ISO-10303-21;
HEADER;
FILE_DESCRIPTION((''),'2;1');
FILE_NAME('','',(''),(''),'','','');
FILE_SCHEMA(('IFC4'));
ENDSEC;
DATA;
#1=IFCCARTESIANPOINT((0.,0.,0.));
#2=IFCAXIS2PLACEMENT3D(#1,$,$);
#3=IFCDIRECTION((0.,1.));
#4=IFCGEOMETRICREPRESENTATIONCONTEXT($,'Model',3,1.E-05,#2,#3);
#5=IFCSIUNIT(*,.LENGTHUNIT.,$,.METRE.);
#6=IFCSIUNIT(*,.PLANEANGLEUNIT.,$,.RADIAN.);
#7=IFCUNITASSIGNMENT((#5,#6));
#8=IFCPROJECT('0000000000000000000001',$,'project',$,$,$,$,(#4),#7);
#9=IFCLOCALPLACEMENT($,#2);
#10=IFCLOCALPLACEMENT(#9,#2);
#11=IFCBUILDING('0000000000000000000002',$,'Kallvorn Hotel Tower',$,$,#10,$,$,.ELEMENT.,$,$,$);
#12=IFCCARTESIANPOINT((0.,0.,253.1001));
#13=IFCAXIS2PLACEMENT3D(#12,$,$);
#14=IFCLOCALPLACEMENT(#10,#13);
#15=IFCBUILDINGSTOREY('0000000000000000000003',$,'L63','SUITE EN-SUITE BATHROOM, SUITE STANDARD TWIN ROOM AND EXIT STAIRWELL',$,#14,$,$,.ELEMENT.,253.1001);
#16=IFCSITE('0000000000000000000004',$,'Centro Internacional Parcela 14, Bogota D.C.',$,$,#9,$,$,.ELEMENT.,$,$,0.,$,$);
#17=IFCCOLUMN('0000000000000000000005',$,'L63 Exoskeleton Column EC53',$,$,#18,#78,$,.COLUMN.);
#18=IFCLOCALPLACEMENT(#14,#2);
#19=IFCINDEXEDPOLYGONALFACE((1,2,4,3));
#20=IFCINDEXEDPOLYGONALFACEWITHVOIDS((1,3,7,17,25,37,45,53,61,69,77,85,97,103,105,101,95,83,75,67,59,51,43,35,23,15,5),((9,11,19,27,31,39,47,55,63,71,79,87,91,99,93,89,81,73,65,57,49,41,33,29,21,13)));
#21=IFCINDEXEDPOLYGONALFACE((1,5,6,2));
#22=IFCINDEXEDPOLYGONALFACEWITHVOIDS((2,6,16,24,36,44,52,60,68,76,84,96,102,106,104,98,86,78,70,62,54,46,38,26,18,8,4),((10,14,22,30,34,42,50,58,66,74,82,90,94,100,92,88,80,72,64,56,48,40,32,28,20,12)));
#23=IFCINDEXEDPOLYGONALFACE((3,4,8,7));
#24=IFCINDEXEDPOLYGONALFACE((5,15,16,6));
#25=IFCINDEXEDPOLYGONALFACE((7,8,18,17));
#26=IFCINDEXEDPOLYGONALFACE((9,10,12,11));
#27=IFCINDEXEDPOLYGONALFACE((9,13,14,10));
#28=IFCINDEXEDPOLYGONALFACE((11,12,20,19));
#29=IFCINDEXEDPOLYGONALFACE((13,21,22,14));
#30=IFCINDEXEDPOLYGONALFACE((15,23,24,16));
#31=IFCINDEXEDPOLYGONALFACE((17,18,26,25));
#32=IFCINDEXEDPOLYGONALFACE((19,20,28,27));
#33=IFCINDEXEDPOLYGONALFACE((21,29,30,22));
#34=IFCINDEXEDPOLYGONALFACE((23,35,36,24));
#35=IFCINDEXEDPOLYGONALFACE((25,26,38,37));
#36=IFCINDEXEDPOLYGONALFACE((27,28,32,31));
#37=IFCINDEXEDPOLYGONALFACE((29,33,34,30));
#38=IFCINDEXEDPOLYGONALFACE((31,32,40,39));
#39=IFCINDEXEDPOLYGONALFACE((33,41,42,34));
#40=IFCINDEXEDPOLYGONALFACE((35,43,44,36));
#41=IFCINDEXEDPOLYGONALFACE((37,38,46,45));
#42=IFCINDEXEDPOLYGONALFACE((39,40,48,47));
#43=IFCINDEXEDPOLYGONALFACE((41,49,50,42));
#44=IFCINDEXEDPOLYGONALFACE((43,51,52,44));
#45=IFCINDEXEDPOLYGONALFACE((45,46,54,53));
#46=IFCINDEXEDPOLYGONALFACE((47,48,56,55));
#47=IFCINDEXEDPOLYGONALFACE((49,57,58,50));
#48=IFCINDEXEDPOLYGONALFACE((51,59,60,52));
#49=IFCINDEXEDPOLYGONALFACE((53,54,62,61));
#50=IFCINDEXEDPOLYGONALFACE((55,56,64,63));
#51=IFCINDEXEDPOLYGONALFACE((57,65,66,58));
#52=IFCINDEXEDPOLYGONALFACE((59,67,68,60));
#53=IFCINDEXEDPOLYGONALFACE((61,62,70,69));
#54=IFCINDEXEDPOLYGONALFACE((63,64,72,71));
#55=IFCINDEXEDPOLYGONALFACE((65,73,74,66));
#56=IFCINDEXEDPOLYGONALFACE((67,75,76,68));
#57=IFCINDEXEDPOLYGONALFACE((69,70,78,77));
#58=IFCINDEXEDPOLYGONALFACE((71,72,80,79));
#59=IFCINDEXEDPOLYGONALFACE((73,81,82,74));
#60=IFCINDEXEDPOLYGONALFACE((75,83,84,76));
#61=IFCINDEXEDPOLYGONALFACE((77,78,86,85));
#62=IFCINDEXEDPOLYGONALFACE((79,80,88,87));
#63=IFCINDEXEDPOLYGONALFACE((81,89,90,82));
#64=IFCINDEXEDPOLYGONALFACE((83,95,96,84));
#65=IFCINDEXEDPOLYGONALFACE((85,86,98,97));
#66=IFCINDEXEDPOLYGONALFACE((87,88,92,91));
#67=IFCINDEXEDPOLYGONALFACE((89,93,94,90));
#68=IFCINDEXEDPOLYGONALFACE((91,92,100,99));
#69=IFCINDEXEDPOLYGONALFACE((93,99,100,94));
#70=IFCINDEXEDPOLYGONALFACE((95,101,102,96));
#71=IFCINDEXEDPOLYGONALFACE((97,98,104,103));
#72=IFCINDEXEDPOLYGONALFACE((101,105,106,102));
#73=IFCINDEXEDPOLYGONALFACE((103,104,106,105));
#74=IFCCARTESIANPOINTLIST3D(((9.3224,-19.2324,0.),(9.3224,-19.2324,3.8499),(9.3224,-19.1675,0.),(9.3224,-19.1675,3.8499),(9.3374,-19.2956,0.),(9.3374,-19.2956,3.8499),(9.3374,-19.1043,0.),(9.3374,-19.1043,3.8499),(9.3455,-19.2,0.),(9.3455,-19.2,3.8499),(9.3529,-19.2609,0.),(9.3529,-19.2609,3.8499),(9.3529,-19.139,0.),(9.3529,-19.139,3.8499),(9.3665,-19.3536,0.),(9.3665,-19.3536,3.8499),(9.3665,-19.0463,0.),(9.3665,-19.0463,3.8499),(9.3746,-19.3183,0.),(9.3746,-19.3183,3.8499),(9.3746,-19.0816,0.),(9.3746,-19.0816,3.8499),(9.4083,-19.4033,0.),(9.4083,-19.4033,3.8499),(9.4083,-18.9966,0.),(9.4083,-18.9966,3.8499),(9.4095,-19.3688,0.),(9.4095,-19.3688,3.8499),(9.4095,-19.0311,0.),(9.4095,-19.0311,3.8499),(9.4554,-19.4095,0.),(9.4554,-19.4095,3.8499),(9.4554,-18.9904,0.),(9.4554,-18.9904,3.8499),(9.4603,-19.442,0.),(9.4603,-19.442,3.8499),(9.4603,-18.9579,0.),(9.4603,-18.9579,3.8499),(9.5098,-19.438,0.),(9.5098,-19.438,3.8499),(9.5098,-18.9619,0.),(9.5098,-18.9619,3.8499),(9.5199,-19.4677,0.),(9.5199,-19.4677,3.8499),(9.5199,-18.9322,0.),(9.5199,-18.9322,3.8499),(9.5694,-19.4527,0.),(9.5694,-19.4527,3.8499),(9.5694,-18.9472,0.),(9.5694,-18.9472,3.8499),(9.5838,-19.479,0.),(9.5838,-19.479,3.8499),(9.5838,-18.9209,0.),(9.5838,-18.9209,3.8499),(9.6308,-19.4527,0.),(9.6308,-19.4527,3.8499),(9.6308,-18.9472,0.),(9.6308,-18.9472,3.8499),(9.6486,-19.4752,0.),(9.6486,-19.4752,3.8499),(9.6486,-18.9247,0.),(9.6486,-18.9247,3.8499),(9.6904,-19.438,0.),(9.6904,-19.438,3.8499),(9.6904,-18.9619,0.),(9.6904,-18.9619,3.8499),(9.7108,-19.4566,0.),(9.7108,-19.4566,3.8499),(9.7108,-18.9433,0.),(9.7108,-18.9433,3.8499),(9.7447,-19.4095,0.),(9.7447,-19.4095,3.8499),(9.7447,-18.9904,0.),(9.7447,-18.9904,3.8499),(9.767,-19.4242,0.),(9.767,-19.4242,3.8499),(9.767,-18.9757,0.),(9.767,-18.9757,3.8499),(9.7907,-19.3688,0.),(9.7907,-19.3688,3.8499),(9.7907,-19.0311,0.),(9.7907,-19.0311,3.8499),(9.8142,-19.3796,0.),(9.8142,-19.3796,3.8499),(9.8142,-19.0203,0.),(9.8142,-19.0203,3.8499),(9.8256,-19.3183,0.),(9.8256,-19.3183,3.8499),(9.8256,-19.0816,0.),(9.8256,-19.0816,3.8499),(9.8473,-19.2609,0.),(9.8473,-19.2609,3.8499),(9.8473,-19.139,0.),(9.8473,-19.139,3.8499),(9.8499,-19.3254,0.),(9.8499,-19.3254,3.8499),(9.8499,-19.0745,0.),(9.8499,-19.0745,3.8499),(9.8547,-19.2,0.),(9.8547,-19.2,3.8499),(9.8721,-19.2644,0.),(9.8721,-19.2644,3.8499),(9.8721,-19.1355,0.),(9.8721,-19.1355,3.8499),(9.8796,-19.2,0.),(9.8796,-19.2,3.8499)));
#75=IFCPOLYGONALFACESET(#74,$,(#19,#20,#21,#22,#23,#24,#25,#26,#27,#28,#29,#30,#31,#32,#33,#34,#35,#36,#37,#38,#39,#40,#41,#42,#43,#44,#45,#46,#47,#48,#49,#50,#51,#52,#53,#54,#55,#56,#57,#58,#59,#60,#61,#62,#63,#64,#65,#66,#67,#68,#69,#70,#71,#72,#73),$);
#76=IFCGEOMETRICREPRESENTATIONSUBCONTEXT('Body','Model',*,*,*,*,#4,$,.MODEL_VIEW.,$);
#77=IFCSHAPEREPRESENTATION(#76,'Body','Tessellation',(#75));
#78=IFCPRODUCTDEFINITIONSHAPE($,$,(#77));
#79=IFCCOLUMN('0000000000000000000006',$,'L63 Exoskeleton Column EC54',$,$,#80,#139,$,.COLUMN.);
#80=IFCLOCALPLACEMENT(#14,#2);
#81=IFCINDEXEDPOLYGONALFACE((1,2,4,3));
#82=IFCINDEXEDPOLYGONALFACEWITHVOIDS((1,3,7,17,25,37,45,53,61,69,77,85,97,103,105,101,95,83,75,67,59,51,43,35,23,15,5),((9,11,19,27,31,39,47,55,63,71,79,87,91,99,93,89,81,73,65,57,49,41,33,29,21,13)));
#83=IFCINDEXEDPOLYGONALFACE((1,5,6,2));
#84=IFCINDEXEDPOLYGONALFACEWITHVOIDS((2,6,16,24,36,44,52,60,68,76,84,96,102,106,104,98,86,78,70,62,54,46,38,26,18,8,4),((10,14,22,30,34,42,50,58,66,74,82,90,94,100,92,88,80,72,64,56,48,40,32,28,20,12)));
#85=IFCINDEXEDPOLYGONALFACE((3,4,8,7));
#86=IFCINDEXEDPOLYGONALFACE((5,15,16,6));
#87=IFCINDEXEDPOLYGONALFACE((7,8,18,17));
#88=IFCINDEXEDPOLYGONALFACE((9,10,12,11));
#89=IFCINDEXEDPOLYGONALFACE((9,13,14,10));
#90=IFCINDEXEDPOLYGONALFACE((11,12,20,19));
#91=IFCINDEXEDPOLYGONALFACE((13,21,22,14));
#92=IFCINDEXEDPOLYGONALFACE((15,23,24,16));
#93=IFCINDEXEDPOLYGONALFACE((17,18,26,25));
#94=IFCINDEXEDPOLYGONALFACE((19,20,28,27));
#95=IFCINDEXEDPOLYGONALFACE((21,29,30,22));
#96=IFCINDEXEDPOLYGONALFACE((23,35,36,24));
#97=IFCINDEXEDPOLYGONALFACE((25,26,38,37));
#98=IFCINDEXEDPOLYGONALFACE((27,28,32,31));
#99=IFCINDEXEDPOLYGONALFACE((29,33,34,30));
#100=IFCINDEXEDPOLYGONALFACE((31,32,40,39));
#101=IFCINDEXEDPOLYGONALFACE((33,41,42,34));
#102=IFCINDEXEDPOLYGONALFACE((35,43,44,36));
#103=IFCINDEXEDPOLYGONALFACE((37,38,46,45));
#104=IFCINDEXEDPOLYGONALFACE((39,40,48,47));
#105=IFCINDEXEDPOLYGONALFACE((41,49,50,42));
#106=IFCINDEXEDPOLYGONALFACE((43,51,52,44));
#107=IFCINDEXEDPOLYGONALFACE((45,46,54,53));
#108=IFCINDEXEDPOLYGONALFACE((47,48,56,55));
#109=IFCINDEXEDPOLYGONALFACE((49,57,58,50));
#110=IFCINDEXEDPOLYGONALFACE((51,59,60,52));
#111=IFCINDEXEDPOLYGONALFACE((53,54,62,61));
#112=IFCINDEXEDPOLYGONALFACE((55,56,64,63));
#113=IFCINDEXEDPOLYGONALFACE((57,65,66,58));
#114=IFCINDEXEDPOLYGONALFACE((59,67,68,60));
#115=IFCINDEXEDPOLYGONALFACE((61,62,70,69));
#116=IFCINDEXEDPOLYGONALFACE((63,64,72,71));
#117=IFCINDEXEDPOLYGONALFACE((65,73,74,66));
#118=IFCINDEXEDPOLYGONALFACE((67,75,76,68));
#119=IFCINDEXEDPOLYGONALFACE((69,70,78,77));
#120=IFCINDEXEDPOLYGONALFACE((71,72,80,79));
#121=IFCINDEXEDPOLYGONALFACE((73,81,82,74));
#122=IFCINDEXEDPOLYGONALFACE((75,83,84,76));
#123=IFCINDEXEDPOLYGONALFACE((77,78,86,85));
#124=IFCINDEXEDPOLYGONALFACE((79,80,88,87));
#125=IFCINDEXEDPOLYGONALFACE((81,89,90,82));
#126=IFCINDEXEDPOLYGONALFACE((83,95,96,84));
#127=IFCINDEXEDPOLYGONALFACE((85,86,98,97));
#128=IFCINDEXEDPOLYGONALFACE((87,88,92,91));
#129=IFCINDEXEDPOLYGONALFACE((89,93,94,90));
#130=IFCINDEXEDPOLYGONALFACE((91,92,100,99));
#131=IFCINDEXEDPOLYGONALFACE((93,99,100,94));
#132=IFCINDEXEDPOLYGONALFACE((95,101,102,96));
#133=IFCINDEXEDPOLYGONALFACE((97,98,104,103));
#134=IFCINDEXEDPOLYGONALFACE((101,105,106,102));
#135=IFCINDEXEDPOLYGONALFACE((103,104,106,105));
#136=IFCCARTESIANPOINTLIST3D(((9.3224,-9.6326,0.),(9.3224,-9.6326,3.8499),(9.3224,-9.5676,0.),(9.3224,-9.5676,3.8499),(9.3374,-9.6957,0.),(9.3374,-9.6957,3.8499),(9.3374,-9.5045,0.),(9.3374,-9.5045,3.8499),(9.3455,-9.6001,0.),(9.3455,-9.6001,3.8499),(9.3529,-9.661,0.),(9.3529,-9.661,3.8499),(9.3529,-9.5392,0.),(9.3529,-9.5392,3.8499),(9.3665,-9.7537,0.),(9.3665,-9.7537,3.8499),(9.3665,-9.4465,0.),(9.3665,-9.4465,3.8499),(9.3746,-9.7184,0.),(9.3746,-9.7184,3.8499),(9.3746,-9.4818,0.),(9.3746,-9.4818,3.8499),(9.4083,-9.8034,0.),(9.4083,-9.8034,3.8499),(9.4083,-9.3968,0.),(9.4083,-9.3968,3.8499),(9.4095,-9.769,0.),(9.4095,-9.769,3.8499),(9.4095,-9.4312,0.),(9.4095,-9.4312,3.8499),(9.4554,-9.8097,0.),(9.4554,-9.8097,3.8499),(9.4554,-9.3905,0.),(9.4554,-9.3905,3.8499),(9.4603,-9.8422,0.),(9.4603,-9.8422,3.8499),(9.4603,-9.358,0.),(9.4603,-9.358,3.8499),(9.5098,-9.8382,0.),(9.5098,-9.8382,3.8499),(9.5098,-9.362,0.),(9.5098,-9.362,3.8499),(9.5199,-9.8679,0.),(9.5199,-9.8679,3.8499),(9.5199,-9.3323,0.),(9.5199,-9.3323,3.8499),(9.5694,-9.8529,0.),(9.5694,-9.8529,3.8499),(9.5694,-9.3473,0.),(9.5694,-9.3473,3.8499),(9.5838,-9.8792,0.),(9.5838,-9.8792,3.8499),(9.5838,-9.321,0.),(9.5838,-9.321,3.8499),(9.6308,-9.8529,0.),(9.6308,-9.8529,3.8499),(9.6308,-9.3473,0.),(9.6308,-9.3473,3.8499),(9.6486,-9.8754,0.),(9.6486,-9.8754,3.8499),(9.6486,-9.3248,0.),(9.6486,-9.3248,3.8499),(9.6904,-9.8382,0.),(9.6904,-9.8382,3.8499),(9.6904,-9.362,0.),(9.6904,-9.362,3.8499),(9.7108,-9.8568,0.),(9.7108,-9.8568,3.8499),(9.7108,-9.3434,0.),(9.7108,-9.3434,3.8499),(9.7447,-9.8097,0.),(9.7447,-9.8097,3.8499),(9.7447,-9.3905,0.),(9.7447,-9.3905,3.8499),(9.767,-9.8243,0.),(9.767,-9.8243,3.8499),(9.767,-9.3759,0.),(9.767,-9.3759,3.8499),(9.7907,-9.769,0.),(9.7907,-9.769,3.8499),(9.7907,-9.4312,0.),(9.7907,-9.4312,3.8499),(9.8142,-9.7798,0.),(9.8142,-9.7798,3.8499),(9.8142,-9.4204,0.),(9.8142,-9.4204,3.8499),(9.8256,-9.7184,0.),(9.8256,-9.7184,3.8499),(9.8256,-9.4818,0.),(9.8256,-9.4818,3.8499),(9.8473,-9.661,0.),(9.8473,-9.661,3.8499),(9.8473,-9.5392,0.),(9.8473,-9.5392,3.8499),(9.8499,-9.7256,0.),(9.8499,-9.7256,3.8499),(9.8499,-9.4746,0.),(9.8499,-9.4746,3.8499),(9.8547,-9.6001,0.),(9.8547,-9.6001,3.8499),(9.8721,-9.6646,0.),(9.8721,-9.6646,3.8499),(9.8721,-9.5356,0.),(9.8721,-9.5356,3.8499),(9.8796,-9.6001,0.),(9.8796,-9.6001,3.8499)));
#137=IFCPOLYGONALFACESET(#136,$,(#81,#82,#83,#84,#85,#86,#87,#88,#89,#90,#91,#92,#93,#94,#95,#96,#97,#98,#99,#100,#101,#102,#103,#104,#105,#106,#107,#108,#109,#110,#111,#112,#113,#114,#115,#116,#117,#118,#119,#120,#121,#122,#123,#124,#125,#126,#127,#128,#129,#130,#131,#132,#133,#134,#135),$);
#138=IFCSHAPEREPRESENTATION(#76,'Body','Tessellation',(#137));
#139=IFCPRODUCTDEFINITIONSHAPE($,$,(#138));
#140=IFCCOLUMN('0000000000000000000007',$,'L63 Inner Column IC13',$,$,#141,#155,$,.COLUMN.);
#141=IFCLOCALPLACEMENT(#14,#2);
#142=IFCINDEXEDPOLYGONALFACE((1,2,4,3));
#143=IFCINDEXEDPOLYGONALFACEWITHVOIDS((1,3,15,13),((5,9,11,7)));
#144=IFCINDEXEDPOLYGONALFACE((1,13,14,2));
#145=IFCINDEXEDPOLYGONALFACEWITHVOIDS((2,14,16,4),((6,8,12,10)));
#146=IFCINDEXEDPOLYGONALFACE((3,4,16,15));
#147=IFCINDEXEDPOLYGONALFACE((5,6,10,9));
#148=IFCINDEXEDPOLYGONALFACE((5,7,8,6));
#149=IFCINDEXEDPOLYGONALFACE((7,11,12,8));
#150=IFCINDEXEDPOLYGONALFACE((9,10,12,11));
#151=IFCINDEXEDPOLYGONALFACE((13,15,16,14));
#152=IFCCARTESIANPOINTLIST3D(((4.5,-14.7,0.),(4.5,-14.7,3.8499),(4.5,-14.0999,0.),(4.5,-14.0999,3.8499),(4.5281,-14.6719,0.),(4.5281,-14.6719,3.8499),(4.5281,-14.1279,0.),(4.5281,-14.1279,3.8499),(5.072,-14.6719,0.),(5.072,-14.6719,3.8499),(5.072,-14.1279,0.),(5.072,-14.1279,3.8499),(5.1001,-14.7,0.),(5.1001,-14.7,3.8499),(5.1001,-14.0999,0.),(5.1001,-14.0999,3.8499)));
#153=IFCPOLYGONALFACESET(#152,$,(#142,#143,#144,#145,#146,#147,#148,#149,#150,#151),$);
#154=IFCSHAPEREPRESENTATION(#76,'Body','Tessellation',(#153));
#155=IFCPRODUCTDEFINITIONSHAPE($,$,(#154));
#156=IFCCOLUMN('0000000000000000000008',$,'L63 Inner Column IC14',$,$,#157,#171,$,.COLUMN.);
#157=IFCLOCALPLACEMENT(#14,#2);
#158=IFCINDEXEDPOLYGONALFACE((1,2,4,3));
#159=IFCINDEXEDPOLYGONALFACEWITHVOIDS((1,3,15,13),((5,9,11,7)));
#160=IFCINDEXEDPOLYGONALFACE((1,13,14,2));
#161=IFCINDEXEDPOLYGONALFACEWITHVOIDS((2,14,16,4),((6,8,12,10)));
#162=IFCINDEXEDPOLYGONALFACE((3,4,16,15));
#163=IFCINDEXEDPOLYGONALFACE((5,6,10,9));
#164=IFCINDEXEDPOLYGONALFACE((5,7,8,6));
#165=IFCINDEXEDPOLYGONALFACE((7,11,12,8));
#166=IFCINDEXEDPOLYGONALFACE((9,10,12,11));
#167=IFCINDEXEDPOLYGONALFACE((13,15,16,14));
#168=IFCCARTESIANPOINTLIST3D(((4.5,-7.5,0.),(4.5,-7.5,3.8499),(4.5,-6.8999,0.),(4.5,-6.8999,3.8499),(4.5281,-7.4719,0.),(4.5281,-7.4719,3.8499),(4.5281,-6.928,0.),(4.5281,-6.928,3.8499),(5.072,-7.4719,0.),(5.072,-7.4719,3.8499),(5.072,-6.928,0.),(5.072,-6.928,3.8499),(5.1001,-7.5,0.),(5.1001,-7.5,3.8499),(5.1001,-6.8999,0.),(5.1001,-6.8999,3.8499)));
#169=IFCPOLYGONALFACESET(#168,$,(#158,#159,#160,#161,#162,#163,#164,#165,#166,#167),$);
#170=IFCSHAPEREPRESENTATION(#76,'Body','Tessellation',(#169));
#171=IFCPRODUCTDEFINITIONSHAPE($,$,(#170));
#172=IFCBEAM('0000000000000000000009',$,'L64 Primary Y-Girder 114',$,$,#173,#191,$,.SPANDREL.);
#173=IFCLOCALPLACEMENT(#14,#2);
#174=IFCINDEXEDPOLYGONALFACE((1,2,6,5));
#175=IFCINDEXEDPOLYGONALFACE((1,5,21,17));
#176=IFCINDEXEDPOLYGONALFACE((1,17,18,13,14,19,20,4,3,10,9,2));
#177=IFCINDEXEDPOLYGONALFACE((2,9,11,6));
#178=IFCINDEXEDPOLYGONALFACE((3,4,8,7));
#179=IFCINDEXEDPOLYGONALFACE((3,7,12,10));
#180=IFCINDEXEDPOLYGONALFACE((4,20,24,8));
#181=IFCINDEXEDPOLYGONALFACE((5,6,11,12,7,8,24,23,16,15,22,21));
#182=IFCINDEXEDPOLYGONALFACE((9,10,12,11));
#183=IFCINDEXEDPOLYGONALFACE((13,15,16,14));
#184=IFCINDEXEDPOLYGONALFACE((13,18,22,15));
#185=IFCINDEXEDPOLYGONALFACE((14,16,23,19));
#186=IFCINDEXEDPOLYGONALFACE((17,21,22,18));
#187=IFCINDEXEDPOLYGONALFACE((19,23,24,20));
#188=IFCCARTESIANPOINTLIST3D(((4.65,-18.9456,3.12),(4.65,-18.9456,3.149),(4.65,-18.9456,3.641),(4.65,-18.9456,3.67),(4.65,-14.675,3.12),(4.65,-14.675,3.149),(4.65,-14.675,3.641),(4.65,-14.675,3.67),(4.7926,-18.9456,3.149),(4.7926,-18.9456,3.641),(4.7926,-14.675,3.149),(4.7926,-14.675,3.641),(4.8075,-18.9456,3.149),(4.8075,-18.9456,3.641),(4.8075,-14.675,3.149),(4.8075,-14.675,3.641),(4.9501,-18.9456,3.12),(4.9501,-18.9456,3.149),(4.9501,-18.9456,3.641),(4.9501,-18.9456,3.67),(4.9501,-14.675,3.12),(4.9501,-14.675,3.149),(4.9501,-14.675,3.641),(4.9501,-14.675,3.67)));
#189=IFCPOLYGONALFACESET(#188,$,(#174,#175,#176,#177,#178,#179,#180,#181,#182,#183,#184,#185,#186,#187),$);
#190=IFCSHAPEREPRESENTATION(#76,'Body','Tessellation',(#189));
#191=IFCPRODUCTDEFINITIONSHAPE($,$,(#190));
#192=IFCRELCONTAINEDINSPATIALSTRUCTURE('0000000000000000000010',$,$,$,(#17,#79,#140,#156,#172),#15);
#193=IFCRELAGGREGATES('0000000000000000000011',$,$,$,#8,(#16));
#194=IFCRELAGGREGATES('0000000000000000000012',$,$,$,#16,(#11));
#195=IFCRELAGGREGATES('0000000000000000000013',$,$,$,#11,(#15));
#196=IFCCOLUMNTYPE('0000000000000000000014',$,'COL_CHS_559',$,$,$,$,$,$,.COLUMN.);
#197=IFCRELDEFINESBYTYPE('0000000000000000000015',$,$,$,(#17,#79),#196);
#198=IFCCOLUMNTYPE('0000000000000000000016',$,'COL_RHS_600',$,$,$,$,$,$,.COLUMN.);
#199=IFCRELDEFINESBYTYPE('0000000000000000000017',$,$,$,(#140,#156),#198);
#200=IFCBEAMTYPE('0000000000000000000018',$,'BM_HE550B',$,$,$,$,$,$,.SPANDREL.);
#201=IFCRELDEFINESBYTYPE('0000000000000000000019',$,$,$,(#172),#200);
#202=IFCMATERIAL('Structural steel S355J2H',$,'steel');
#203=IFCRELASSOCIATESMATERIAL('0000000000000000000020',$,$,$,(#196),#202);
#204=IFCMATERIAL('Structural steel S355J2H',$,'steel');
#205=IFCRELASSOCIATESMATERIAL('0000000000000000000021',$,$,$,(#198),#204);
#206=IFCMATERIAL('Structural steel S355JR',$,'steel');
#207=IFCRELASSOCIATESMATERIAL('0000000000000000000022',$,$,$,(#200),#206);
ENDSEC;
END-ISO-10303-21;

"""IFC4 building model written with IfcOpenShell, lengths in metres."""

from ifc_helpers import new_model, si_unit, direction, frame, origin, origin_2d, place, context, subcontext, project, spatial, hollow_rectangle, hollow_circle, i_section, extrude, material, material_profile, profile_set, type_object, element, save


model = new_model("IFC4")

# Units and contexts
model_context = context("Model", 3, precision=1e-05, world=origin(), true_north=direction((0.0, 1.0)))
body_context = subcontext(model_context, "Body", "Model", "MODEL_VIEW")
ifc_project = project(units=[si_unit("LENGTHUNIT", "METRE"), si_unit("PLANEANGLEUNIT", "RADIAN")], contexts=[model_context])

# Site, building, storey
site_placement = place(None, origin())
site = spatial("IfcSite", under=ifc_project, at=site_placement, Name="Centro Internacional Parcela 14, Bogota D.C.", CompositionType="ELEMENT", RefElevation=0.0)
building_placement = place(site_placement, origin())
building = spatial("IfcBuilding", under=site, at=building_placement, Name="Kallvorn Hotel Tower", CompositionType="ELEMENT")
storey_placement = place(building_placement, frame((0.0, 0.0, 253.1001)))
storey = spatial("IfcBuildingStorey", under=building, at=storey_placement, Name="L63", Description="SUITE EN-SUITE BATHROOM, SUITE STANDARD TWIN ROOM AND EXIT STAIRWELL", CompositionType="ELEMENT", Elevation=253.1001)

# Columns
ifc_material_1 = material(Name="Structural steel S355J2H", Category="steel")
ifc_material_profile_1 = material_profile(ifc_material_1, hollow_circle(Radius=0.2795, WallThickness=0.0249, at=origin_2d()), Name="CHS 559x25")
ifc_profile_set_1 = profile_set([ifc_material_profile_1], Name="Structural steel S355J2H")
column_type_1 = type_object("IfcColumnType", Name="COL_CHS_559", PredefinedType="COLUMN", material=ifc_profile_set_1)
for number, where, z_axis, x_axis, name in (
    (1, (9.6001, -19.2, 0.0), (0.0, 0.0, 1.0), (1.0, 0.0, 0.0), "L63 Exoskeleton Column EC53"),
    (2, (9.6001, -9.6001, 0.0), (0.0, 0.0, 1.0), (1.0, 0.0, 0.0), "L63 Exoskeleton Column EC54"),
):
    element("IfcColumn", number, at=place(storey_placement, frame(where, z_axis=z_axis, x_axis=x_axis)), inside=storey, type_object=column_type_1, Name=name, PredefinedType="COLUMN", context=body_context, shape_type="SweptSolid", body=[
        extrude(hollow_circle(Radius=0.2795, WallThickness=0.0249, at=origin_2d()), origin(), (0.0, 0.0, 1.0), 3.8499),
    ])
ifc_material_2 = material(Name="Structural steel S355J2H", Category="steel")
ifc_material_profile_2 = material_profile(ifc_material_2, hollow_rectangle(XDim=0.6001, YDim=0.6001, WallThickness=0.0281, at=origin_2d()), Name="RHS 600x600x28")
ifc_profile_set_2 = profile_set([ifc_material_profile_2], Name="Structural steel S355J2H")
column_type_2 = type_object("IfcColumnType", Name="COL_RHS_600", PredefinedType="COLUMN", material=ifc_profile_set_2)
for number, where, z_axis, x_axis, name in (
    (3, (4.8, -14.3999, 0.0), (0.0, 0.0, 1.0), (1.0, 0.0, 0.0), "L63 Inner Column IC13"),
    (4, (4.8, -7.2, 0.0), (0.0, 0.0, 1.0), (1.0, 0.0, 0.0), "L63 Inner Column IC14"),
):
    element("IfcColumn", number, at=place(storey_placement, frame(where, z_axis=z_axis, x_axis=x_axis)), inside=storey, type_object=column_type_2, Name=name, PredefinedType="COLUMN", context=body_context, shape_type="SweptSolid", body=[
        extrude(hollow_rectangle(XDim=0.6001, YDim=0.6001, WallThickness=0.0281, at=origin_2d()), origin(), (0.0, 0.0, 1.0), 3.8499),
    ])

# Beam
ifc_material_3 = material(Name="Structural steel S355JR", Category="steel")
ifc_material_profile_3 = material_profile(ifc_material_3, i_section(OverallWidth=0.3, OverallDepth=0.55, WebThickness=0.0149, FlangeThickness=0.0291, at=origin_2d()), Name="HE 550 B")
ifc_profile_set_3 = profile_set([ifc_material_profile_3], Name="Structural steel S355JR")
beam_type_1 = type_object("IfcBeamType", Name="BM_HE550B", PredefinedType="SPANDREL", material=ifc_profile_set_3)
beam_1_placement = place(storey_placement, frame((4.8, -18.9456, 3.395), z_axis=(0.0, 1.0, 0.0), x_axis=(-1.0, 0.0, 0.0)))
element("IfcBeam", 5, at=beam_1_placement, inside=storey, type_object=beam_type_1, Name="L64 Primary Y-Girder 114", PredefinedType="SPANDREL", context=body_context, shape_type="SweptSolid", body=[
    extrude(i_section(OverallWidth=0.3, OverallDepth=0.55, WebThickness=0.0149, FlangeThickness=0.0291, at=origin_2d()), origin(), (0.0, 0.0, 1.0), 4.2705),
])

save(model, "model.ifc")
